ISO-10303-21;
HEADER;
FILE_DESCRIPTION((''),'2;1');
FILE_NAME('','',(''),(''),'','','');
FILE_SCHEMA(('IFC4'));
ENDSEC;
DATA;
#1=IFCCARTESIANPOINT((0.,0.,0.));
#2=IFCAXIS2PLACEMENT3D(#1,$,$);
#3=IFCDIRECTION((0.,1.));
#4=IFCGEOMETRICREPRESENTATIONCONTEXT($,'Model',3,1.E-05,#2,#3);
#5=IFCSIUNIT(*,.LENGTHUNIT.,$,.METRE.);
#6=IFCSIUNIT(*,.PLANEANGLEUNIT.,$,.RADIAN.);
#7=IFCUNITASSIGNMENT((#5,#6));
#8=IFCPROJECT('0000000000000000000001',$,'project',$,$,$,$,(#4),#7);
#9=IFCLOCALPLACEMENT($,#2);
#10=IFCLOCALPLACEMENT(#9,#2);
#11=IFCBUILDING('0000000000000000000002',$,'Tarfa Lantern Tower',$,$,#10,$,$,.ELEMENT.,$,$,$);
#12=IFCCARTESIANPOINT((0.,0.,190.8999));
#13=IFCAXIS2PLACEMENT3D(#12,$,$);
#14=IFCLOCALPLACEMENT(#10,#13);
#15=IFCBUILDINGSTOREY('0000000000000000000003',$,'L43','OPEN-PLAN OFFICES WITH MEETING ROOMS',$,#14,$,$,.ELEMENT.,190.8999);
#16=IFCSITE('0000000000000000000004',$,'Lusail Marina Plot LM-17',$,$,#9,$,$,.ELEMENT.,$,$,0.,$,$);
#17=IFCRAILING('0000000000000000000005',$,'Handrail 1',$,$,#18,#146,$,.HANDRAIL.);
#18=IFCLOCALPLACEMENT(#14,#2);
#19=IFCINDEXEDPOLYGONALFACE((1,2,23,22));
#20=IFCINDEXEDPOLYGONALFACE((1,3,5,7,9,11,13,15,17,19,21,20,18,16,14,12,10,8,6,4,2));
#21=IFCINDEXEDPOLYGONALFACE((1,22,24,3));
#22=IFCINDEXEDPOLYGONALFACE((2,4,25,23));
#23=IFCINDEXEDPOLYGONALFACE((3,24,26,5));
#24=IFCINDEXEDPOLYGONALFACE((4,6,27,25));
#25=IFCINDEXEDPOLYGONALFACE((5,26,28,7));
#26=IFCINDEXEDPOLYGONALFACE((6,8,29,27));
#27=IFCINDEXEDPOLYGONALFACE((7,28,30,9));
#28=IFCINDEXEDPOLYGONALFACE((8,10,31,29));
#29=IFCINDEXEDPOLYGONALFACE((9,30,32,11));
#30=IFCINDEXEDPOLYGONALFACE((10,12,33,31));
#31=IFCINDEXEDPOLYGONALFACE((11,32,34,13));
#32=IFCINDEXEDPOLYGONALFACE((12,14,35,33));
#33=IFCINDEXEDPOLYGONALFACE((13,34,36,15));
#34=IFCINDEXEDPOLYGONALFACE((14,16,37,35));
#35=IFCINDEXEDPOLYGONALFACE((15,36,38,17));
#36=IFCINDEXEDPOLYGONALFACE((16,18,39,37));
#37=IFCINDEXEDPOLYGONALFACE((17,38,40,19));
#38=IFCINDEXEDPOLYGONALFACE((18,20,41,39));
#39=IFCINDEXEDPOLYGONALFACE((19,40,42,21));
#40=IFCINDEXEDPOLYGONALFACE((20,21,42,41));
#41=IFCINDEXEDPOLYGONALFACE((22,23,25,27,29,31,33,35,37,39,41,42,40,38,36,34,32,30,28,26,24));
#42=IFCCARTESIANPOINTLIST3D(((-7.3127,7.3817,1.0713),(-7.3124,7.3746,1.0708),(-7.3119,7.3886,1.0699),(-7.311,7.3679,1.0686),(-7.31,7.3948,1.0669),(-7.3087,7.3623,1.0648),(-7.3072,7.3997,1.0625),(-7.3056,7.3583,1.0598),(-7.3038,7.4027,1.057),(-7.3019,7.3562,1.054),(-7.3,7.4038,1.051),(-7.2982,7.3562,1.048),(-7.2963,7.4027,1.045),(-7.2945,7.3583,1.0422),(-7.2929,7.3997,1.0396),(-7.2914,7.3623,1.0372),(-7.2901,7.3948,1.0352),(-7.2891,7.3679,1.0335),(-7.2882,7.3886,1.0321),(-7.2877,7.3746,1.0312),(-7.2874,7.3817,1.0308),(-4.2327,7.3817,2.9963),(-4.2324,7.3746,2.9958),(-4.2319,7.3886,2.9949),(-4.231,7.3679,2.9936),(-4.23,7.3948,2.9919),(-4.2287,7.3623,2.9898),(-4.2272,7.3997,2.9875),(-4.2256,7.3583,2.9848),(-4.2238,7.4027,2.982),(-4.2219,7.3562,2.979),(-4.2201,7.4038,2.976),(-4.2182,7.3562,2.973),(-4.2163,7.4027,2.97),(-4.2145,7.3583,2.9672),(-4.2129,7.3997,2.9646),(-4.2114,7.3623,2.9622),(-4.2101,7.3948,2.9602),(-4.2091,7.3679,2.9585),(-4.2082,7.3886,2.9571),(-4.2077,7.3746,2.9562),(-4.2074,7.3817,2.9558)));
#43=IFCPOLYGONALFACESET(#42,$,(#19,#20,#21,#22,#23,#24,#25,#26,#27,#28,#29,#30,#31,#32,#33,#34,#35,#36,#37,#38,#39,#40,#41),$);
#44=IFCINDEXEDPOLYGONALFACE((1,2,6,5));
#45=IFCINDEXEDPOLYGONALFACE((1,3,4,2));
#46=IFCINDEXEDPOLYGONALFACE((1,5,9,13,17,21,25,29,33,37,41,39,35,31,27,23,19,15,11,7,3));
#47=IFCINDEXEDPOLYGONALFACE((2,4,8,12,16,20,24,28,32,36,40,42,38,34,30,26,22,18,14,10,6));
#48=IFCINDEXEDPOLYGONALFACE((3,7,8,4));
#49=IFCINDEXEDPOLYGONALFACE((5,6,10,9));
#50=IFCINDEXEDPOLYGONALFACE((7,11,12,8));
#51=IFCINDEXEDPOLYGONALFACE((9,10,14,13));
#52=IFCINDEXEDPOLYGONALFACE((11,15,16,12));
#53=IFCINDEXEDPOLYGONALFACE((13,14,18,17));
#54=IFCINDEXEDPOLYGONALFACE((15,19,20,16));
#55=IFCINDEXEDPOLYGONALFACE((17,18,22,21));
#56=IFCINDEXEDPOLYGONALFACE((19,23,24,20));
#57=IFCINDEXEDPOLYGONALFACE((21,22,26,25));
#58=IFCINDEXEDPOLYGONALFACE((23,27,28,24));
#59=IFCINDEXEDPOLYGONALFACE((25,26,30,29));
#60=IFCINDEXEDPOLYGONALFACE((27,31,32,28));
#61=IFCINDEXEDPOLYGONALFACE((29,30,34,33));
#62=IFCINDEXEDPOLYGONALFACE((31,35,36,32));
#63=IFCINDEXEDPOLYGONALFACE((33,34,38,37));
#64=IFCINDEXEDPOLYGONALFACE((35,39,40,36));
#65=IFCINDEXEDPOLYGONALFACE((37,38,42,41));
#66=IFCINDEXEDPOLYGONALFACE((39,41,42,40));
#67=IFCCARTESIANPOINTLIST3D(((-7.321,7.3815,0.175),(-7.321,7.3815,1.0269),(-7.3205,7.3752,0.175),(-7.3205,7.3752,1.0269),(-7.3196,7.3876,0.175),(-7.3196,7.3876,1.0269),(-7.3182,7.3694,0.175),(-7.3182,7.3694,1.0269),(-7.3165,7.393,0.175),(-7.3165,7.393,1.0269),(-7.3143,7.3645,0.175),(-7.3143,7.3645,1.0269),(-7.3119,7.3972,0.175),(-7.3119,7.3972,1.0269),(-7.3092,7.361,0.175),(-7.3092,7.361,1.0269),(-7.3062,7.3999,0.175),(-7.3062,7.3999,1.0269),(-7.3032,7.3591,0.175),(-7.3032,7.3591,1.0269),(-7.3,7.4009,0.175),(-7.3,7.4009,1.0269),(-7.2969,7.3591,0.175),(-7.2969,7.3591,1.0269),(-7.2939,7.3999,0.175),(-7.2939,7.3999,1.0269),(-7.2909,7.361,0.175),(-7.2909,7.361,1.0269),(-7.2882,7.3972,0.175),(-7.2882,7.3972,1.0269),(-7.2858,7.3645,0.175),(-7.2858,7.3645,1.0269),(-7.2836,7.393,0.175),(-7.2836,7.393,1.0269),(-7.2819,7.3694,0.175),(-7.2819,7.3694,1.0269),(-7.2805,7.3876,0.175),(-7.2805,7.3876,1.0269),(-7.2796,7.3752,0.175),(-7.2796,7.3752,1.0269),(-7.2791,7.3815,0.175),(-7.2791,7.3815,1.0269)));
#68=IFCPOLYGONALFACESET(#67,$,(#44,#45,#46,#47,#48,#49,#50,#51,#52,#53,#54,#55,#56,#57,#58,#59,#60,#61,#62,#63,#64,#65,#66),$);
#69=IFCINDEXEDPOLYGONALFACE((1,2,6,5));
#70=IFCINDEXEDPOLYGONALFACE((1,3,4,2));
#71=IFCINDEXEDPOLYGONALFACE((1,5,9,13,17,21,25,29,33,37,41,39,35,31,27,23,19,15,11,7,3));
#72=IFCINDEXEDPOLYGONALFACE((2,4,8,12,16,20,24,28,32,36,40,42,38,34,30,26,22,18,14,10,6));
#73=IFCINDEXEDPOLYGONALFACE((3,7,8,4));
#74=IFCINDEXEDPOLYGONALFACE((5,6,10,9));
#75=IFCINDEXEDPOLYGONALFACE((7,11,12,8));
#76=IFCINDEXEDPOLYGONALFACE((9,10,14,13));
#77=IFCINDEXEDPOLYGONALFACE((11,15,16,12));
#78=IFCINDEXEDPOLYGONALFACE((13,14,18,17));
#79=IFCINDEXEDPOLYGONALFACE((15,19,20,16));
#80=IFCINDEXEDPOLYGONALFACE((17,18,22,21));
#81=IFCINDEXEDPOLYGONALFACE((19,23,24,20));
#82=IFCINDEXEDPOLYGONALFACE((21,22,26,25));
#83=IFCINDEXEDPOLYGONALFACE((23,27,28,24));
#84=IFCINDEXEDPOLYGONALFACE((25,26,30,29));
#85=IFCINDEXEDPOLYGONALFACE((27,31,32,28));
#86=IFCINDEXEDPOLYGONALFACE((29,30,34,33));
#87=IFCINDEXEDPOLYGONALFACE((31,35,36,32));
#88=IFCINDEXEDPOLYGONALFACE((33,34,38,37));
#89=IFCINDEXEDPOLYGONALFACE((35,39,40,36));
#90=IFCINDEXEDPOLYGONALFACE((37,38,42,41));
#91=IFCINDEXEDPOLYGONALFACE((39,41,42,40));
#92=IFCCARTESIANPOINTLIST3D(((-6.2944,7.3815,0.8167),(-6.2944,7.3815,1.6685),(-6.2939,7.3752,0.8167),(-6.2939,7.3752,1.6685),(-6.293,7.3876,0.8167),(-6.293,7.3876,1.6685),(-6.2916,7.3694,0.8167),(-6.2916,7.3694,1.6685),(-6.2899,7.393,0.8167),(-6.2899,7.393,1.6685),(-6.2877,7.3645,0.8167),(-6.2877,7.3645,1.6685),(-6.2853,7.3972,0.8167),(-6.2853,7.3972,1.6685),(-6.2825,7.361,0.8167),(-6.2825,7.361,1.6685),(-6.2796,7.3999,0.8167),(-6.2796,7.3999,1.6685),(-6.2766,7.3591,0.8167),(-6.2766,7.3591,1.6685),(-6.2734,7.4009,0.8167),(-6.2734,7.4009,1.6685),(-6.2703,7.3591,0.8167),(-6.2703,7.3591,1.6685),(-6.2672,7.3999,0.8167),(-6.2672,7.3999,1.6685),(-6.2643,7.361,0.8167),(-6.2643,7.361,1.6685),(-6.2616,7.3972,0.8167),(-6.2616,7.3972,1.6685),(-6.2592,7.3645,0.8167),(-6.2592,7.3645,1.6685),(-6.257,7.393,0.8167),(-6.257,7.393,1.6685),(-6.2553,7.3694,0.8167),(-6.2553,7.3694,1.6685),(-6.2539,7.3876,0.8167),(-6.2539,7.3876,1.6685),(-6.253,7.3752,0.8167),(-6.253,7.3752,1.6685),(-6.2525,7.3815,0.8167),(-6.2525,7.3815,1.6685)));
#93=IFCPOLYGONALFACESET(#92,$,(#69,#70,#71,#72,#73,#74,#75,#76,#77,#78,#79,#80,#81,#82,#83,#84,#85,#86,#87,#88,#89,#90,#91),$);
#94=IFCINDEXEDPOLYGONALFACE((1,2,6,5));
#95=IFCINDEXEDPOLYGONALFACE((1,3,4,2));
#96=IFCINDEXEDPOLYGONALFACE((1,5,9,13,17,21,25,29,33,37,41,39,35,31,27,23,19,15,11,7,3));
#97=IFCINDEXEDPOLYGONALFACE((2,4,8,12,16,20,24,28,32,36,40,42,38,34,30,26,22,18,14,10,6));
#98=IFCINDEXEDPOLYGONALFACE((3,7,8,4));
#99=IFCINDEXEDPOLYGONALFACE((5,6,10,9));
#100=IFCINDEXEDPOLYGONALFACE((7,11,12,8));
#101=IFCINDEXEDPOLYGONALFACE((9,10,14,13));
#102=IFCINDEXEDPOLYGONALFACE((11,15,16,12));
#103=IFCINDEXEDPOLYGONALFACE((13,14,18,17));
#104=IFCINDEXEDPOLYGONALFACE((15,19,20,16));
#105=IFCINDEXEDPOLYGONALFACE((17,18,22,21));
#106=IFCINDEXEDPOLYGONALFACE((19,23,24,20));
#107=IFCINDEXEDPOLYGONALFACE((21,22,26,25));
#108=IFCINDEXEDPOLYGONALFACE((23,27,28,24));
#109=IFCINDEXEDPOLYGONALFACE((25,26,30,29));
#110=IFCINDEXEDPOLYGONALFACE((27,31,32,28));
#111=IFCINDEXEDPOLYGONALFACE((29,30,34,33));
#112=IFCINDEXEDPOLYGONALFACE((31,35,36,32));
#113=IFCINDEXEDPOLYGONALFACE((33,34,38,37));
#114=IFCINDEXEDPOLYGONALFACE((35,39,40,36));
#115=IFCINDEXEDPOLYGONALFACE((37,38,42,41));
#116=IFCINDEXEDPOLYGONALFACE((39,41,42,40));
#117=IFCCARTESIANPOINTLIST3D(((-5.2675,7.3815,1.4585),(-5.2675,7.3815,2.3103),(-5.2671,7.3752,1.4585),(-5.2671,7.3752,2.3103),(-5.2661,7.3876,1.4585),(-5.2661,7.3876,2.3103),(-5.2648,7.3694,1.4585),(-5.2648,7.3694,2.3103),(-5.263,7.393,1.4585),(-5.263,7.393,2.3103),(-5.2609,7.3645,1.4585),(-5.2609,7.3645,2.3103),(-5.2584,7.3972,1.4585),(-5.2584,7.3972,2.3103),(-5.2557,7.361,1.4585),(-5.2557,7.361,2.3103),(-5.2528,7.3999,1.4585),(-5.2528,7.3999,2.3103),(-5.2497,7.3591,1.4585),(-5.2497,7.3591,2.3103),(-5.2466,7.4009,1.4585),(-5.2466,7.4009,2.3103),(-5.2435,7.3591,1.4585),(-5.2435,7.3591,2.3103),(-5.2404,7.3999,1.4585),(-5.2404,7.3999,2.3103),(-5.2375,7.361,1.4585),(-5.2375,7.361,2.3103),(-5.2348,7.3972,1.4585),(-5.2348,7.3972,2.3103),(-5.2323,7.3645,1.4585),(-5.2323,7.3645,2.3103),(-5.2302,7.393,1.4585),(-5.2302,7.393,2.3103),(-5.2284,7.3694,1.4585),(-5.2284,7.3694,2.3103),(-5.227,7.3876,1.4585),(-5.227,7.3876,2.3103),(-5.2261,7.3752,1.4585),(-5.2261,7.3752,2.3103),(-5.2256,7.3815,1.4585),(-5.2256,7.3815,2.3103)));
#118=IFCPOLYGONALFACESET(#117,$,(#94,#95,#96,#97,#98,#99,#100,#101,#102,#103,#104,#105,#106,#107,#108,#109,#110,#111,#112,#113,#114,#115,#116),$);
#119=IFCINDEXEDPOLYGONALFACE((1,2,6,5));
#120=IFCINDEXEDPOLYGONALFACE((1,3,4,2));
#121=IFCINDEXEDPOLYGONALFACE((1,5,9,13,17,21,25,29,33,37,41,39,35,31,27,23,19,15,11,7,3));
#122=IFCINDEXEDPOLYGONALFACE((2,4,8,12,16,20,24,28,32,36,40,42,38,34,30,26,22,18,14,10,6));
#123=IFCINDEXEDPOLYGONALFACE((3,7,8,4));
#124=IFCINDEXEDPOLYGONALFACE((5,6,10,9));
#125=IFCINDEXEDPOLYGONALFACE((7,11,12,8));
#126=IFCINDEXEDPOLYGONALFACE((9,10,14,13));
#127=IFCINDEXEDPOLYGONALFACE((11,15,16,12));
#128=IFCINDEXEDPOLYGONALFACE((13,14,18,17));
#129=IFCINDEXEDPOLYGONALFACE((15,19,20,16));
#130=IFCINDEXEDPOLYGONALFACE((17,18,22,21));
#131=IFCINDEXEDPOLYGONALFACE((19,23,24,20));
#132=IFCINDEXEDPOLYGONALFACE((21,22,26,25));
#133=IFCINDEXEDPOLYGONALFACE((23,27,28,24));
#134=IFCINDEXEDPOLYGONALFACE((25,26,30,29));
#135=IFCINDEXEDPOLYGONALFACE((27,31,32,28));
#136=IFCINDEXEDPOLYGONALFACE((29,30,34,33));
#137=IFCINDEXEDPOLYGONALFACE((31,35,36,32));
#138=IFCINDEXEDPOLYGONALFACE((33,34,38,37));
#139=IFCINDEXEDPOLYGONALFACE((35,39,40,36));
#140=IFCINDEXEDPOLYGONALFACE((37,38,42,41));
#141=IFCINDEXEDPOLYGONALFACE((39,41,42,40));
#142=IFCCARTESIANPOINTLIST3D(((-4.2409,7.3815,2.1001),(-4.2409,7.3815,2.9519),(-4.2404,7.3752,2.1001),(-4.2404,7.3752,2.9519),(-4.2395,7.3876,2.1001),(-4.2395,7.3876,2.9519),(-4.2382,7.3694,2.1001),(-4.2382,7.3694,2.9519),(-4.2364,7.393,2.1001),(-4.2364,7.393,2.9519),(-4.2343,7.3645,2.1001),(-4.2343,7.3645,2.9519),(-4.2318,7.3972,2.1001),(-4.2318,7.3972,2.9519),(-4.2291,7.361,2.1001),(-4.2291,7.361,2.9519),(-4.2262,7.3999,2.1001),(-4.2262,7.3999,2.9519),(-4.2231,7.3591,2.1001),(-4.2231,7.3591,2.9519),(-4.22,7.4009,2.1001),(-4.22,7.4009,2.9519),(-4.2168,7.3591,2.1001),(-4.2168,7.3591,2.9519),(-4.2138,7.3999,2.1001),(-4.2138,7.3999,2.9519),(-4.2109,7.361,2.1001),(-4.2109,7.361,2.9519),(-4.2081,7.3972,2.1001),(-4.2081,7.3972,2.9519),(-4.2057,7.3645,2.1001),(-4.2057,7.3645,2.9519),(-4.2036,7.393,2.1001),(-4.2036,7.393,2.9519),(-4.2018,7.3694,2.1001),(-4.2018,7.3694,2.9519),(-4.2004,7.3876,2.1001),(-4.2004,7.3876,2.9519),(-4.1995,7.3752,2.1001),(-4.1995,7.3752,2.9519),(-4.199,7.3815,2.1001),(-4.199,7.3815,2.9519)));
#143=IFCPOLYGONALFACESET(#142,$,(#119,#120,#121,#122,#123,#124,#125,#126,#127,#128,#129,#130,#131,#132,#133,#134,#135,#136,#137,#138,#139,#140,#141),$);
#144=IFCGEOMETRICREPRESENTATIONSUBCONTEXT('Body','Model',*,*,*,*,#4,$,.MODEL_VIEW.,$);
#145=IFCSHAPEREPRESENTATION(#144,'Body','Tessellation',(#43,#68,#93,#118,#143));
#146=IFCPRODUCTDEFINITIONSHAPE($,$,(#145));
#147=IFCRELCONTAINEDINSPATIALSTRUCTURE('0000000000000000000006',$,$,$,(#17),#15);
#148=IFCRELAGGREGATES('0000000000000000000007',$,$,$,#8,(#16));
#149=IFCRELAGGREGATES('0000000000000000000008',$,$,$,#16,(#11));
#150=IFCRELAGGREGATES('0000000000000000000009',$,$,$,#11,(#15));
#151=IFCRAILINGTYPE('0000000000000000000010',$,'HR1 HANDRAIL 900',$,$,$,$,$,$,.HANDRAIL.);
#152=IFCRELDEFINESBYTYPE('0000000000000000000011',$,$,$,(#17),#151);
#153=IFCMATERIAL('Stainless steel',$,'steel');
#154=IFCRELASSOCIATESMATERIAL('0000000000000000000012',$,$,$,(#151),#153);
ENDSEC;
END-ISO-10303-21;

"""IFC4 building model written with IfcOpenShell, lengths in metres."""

from ifc_helpers import new_model, si_unit, direction, frame, origin, origin_2d, place, context, subcontext, project, spatial, circle, extrude, material, type_object, element, save


model = new_model("IFC4")

# Units and contexts
model_context = context("Model", 3, precision=1e-05, world=origin(), true_north=direction((0.0, 1.0)))
body_context = subcontext(model_context, "Body", "Model", "MODEL_VIEW")
ifc_project = project(units=[si_unit("LENGTHUNIT", "METRE"), si_unit("PLANEANGLEUNIT", "RADIAN")], contexts=[model_context])

# Site, building, storey
site_placement = place(None, origin())
site = spatial("IfcSite", under=ifc_project, at=site_placement, Name="Lusail Marina Plot LM-17", CompositionType="ELEMENT", RefElevation=0.0)
building_placement = place(site_placement, origin())
building = spatial("IfcBuilding", under=site, at=building_placement, Name="Tarfa Lantern Tower", CompositionType="ELEMENT")
storey_placement = place(building_placement, frame((0.0, 0.0, 190.8999)))
storey = spatial("IfcBuildingStorey", under=building, at=storey_placement, Name="L43", Description="OPEN-PLAN OFFICES WITH MEETING ROOMS", CompositionType="ELEMENT", Elevation=190.8999)

# Railing
ifc_material_1 = material(Name="Stainless steel", Category="steel")
railing_type = type_object("IfcRailingType", Name="HR1 HANDRAIL 900", PredefinedType="HANDRAIL", material=ifc_material_1)
railing_1_placement = place(storey_placement, frame((-7.3, 7.3799, 0.175)))
element("IfcRailing", 1, at=railing_1_placement, inside=storey, type_object=railing_type, Name="Handrail 1", PredefinedType="HANDRAIL", context=body_context, shape_type="SweptSolid", body=[
    extrude(circle(Radius=0.0239, at=origin_2d()), frame((0.0, 0.0, 0.876), z_axis=(0.847998, 0.0, 0.529999), x_axis=(0.0, 1.0, 0.0)), (0.0, 0.0, 1.0), 3.6321),
    extrude(circle(Radius=0.021, at=origin_2d()), frame((0.0, 0.0, 0.0), z_axis=(0.0, 0.0, 1.0), x_axis=(0.0, 1.0, 0.0)), (0.0, 0.0, 1.0), 0.8518),
    extrude(circle(Radius=0.021, at=origin_2d()), frame((1.0266, 0.0, 0.6416), z_axis=(0.0, 0.0, 1.0), x_axis=(0.0, 1.0, 0.0)), (0.0, 0.0, 1.0), 0.8518),
    extrude(circle(Radius=0.021, at=origin_2d()), frame((2.0535, 0.0, 1.2834), z_axis=(0.0, 0.0, 1.0), x_axis=(0.0, 1.0, 0.0)), (0.0, 0.0, 1.0), 0.8518),
    extrude(circle(Radius=0.021, at=origin_2d()), frame((3.0801, 0.0, 1.925), z_axis=(0.0, 0.0, 1.0), x_axis=(0.0, 1.0, 0.0)), (0.0, 0.0, 1.0), 0.8518),
])

save(model, "model.ifc")
